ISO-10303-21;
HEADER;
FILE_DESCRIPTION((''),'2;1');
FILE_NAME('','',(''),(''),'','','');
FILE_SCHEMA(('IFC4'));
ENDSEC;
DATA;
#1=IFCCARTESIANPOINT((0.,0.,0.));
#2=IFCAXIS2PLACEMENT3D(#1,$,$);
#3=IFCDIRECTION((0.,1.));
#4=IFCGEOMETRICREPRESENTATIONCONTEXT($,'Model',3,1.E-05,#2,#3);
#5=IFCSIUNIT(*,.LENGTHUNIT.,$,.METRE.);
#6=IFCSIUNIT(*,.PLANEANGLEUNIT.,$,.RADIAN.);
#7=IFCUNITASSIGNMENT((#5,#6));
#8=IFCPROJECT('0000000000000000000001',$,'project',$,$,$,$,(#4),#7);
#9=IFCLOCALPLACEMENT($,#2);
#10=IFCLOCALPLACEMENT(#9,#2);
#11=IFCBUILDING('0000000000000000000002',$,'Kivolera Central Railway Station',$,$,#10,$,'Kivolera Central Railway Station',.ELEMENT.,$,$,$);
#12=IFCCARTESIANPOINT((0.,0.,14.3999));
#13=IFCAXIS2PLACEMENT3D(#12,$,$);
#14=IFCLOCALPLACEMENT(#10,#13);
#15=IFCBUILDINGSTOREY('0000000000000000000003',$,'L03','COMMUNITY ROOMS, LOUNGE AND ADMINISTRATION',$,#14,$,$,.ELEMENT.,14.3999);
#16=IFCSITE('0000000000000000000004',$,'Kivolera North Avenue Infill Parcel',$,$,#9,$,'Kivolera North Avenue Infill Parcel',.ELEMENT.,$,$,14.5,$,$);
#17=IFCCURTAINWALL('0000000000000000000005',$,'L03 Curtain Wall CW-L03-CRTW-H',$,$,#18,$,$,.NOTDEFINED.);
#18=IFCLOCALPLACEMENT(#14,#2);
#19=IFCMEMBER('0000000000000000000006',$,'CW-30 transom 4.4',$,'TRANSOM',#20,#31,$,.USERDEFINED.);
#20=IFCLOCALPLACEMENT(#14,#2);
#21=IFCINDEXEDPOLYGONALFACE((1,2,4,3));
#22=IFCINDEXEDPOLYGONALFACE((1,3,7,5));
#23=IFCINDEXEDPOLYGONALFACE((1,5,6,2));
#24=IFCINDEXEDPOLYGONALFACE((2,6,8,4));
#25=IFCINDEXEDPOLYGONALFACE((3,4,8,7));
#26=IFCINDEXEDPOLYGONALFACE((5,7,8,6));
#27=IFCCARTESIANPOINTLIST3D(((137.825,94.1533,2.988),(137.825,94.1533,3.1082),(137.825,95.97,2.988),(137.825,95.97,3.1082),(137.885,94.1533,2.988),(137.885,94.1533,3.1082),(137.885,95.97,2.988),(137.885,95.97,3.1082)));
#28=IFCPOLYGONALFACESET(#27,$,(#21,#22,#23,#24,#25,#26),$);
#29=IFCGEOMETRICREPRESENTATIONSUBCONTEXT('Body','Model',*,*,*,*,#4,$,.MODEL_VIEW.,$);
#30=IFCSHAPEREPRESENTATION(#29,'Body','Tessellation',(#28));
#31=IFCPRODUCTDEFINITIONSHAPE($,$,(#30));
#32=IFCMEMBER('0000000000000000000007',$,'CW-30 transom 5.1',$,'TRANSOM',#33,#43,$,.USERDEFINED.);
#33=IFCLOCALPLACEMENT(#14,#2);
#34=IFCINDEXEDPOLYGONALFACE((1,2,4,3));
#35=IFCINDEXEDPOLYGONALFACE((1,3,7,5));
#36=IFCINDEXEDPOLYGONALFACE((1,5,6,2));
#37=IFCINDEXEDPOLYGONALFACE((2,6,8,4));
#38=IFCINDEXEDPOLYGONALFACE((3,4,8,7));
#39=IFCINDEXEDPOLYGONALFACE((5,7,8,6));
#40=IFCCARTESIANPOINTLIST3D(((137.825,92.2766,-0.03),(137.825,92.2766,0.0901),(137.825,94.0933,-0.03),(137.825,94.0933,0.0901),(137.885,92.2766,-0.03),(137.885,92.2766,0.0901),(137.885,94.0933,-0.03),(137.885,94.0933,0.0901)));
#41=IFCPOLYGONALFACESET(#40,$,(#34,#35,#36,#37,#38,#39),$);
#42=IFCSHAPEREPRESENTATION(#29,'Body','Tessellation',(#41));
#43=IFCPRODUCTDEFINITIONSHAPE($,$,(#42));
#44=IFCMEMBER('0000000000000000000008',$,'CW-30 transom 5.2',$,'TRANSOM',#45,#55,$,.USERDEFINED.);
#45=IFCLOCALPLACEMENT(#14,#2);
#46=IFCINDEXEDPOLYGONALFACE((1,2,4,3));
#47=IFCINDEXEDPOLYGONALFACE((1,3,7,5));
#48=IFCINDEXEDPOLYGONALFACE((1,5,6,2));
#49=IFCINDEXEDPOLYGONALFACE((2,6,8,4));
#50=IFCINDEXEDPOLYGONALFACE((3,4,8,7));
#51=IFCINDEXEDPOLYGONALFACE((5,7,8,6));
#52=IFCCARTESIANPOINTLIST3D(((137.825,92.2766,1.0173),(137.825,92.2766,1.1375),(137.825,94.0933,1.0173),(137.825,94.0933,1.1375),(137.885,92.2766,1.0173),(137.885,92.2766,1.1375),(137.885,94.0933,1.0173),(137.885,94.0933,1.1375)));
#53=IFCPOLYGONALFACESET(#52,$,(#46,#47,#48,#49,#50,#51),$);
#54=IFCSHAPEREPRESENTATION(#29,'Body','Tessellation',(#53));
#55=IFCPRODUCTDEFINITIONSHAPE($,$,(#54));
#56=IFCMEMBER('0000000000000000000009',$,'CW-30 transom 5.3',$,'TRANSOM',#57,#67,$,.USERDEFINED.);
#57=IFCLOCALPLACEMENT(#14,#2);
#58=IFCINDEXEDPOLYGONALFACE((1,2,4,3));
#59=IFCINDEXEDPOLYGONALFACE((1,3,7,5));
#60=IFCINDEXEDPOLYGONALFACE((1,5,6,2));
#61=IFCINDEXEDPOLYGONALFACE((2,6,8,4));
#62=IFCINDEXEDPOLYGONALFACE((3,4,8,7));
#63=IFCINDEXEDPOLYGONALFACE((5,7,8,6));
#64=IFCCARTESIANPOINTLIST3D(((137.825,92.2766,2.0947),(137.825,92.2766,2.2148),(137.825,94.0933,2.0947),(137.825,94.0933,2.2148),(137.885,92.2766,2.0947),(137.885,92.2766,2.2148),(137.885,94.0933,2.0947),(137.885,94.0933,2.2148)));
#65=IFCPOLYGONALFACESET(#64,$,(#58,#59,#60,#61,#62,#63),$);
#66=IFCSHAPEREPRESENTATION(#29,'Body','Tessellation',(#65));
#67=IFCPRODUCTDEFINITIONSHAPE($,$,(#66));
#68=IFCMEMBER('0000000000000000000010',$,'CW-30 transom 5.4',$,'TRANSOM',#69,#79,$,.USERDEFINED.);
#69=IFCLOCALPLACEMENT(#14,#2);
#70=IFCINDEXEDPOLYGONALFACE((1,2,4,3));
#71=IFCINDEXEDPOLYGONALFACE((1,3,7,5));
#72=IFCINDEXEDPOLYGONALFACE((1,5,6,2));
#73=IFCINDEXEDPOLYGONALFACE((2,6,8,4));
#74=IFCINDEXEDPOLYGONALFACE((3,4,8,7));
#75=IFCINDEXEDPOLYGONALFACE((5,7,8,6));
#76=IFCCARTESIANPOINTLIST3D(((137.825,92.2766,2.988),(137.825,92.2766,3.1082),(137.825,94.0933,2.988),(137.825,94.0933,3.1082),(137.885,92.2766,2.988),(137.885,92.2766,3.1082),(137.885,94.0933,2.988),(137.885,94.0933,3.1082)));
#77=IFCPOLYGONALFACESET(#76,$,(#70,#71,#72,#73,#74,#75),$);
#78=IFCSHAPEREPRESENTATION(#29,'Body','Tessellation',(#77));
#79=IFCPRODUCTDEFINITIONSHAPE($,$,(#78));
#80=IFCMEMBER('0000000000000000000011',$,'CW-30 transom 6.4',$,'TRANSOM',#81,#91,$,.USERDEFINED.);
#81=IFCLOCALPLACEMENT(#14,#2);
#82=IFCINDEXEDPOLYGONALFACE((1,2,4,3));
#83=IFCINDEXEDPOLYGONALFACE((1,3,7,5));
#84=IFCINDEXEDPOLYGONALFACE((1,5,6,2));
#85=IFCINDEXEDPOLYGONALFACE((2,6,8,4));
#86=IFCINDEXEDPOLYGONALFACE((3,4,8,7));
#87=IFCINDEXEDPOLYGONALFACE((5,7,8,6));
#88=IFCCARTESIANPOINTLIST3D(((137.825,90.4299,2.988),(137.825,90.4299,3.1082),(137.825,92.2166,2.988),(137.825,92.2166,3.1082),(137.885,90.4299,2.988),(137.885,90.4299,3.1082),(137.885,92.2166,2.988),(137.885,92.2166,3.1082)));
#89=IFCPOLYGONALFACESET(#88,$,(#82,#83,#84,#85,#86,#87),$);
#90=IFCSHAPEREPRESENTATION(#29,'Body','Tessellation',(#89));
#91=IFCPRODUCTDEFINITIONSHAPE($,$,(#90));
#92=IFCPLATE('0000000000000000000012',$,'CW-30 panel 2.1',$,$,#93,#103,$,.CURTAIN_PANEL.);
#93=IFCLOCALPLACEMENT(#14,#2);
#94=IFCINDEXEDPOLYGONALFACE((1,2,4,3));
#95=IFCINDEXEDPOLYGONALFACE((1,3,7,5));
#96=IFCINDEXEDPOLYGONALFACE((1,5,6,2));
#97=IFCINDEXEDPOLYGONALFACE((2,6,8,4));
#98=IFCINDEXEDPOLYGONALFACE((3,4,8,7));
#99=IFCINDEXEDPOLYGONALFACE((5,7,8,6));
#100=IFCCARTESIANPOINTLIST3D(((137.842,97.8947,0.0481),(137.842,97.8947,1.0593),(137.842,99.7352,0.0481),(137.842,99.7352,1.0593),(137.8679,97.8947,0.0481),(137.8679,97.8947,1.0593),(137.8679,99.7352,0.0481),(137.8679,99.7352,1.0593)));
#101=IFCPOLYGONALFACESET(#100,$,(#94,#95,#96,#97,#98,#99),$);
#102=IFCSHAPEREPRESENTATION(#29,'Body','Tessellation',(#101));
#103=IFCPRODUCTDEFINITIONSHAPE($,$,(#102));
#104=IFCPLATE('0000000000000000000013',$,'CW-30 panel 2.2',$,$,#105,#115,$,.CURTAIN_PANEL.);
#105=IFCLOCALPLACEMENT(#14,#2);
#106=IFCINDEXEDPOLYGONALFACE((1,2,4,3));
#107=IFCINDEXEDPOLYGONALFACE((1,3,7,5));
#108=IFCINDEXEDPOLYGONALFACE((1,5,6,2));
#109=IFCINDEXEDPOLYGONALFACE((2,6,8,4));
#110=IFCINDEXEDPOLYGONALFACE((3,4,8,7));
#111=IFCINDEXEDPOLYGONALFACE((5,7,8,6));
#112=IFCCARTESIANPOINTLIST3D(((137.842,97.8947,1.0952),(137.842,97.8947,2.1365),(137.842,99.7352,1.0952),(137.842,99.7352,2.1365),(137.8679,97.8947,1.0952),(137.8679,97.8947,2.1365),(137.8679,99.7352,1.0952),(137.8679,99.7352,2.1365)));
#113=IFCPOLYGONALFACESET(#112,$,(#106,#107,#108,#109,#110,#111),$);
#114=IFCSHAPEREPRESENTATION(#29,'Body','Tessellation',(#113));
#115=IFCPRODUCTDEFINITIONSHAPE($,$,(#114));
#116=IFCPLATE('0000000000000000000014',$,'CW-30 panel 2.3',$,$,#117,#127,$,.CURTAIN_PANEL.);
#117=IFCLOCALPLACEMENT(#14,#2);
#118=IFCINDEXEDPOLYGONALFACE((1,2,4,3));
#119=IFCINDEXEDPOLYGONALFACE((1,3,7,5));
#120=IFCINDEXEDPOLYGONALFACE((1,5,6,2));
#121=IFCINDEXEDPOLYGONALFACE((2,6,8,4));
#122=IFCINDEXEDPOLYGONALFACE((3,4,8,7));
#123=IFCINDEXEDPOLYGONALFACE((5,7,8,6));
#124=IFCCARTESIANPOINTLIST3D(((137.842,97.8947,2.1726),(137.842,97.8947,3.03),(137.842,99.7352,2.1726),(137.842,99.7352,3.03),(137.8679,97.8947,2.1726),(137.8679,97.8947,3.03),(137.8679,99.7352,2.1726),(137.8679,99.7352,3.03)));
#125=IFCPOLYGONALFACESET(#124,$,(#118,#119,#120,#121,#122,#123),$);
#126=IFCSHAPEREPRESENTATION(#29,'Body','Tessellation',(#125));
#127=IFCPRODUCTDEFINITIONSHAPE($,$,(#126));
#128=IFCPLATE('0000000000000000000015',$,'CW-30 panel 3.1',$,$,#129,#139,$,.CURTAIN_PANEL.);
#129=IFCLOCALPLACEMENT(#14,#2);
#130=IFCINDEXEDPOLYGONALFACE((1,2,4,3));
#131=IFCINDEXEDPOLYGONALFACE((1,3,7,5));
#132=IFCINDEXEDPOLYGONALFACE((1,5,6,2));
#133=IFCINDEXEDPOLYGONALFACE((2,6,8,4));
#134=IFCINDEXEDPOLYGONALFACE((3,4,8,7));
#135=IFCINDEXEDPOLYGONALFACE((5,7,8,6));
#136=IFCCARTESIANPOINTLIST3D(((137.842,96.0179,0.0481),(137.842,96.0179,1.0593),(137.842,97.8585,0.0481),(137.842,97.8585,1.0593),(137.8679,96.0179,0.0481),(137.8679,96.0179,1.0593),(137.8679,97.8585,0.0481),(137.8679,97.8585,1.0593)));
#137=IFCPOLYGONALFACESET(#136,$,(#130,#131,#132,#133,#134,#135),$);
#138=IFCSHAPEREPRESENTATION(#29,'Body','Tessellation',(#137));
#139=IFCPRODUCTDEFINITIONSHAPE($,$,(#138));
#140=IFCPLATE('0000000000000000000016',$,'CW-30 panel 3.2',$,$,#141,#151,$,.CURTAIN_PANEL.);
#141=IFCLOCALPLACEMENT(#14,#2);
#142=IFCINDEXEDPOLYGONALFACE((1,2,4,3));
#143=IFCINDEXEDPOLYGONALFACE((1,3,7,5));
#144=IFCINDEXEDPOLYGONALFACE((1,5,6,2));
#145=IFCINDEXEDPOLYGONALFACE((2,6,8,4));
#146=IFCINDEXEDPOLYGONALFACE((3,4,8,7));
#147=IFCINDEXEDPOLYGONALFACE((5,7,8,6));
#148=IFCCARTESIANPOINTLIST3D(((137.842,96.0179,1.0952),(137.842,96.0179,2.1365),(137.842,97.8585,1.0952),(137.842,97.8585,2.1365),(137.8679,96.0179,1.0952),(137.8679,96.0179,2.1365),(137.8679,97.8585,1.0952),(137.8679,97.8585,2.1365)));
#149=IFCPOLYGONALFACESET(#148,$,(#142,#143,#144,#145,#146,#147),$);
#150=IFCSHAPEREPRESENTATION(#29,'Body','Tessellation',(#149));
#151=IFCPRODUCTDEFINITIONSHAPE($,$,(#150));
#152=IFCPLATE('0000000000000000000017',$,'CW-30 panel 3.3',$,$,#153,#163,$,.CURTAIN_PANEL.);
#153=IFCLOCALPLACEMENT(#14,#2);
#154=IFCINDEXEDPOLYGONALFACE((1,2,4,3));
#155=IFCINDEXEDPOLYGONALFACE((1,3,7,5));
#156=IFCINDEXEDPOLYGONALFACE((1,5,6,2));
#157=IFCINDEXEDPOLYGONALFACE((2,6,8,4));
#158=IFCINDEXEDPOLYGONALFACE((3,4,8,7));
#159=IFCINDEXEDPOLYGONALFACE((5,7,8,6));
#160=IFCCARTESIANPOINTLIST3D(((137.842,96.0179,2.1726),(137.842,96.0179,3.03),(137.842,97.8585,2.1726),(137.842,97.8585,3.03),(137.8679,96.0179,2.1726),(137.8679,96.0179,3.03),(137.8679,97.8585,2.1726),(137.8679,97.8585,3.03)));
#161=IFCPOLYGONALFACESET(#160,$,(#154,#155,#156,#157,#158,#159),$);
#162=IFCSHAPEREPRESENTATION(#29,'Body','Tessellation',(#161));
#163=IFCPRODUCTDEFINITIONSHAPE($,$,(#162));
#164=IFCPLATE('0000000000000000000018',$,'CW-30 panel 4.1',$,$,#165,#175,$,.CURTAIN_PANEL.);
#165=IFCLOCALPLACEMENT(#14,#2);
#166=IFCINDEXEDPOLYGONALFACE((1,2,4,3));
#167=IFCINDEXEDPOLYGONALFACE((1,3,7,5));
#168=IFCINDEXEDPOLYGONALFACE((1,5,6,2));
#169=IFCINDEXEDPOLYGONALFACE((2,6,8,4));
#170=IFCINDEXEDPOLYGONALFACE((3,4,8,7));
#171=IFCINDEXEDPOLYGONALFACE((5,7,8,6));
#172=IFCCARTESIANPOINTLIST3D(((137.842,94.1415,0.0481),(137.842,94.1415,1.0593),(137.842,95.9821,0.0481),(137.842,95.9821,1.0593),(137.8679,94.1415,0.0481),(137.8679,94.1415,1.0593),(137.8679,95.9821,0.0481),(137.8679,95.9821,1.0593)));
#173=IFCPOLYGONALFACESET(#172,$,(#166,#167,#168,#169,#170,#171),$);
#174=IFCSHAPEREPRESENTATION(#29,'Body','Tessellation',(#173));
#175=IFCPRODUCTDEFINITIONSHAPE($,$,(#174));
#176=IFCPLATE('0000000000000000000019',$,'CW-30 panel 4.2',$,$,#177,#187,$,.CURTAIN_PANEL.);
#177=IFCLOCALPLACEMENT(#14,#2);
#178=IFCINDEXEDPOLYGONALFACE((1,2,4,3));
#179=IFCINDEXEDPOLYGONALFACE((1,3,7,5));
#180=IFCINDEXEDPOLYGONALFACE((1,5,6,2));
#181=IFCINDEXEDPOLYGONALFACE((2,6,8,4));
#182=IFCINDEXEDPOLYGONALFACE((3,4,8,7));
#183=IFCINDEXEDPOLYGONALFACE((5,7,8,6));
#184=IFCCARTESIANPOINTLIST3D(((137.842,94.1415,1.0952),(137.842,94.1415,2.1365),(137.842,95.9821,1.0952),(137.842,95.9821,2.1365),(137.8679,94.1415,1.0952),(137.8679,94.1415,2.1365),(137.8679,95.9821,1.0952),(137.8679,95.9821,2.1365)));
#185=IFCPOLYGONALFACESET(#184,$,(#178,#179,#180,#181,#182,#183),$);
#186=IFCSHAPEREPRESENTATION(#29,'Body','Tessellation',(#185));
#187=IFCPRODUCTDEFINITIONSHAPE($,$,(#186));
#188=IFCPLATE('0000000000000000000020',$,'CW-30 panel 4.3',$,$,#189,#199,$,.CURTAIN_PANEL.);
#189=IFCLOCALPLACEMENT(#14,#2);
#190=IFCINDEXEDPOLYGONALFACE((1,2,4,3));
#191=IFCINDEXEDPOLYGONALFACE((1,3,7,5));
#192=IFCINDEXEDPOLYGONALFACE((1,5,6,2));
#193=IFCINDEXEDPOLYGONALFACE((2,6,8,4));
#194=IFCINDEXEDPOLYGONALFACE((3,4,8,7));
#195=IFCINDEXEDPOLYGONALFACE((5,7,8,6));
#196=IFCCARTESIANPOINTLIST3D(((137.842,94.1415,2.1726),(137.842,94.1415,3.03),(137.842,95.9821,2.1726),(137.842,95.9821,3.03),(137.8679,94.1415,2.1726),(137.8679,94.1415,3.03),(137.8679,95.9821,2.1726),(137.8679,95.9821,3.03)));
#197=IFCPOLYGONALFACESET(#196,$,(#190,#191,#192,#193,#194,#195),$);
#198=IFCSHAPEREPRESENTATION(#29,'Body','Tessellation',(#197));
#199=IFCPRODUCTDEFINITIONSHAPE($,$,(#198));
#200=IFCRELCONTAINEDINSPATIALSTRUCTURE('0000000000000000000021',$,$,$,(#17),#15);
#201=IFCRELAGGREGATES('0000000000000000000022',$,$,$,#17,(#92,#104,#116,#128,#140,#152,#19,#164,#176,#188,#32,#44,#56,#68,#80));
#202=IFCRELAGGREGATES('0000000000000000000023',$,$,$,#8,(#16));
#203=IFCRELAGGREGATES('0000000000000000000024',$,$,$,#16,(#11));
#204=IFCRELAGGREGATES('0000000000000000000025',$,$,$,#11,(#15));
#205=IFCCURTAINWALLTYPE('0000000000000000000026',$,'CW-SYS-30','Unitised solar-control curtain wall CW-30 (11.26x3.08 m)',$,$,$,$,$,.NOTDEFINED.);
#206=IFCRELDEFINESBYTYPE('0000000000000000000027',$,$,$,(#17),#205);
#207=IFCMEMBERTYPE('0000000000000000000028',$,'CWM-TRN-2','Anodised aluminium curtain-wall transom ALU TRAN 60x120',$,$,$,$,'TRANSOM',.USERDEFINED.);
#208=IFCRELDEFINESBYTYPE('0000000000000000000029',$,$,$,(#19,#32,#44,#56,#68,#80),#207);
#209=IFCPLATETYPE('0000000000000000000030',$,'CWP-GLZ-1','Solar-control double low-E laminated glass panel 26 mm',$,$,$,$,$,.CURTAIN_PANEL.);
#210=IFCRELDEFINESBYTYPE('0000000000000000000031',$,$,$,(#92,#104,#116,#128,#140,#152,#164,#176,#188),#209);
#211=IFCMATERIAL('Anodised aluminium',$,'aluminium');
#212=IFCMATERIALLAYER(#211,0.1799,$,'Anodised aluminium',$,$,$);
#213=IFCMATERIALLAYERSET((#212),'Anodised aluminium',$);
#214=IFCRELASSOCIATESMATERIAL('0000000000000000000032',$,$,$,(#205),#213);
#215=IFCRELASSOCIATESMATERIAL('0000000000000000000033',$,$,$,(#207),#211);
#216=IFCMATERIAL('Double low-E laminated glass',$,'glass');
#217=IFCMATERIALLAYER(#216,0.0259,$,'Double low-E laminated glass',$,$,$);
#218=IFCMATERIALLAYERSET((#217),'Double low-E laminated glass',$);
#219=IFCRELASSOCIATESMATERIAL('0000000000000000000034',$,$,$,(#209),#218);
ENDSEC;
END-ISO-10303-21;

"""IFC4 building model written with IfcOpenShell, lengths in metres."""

from ifc_helpers import new_model, si_unit, direction, frame, origin, origin_2d, place, context, subcontext, project, spatial, rectangle, extrude, material, layer, layer_set, material_profile, profile_set, type_object, element, aggregate, save


model = new_model("IFC4")

# Units and contexts
model_context = context("Model", 3, precision=1e-05, world=origin(), true_north=direction((0.0, 1.0)))
body_context = subcontext(model_context, "Body", "Model", "MODEL_VIEW")
ifc_project = project(units=[si_unit("LENGTHUNIT", "METRE"), si_unit("PLANEANGLEUNIT", "RADIAN")], contexts=[model_context])

# Site, building, storey
site_placement = place(None, origin())
site = spatial("IfcSite", under=ifc_project, at=site_placement, Name="Kivolera North Avenue Infill Parcel", LongName="Kivolera North Avenue Infill Parcel", CompositionType="ELEMENT", RefElevation=14.5)
building_placement = place(site_placement, origin())
building = spatial("IfcBuilding", under=site, at=building_placement, Name="Kivolera Central Railway Station", LongName="Kivolera Central Railway Station", CompositionType="ELEMENT")
storey_placement = place(building_placement, frame((0.0, 0.0, 14.3999)))
storey = spatial("IfcBuildingStorey", under=building, at=storey_placement, Name="L03", Description="COMMUNITY ROOMS, LOUNGE AND ADMINISTRATION", CompositionType="ELEMENT", Elevation=14.3999)

# Curtain wall, members, plates
ifc_material_1 = material(Name="Anodised aluminium", Category="aluminium")
ifc_layer_1 = layer(ifc_material_1, 0.1799, Name="Anodised aluminium")
ifc_layer_set_1 = layer_set([ifc_layer_1], Name="Anodised aluminium")
curtain_wall_type = type_object("IfcCurtainWallType", Name="CW-SYS-30", Description="Unitised solar-control curtain wall CW-30 (11.26x3.08 m)", PredefinedType="NOTDEFINED", material=ifc_layer_set_1)
curtain_wall_placement = place(storey_placement, origin())
curtain_wall = element("IfcCurtainWall", 1, at=curtain_wall_placement, inside=storey, type_object=curtain_wall_type, Name="L03 Curtain Wall CW-L03-CRTW-H", PredefinedType="NOTDEFINED")
ifc_material_profile_1 = material_profile(ifc_material_1, rectangle(XDim=0.0601, YDim=0.1201, at=origin_2d()), Name="ALU TRAN 60x120")
ifc_profile_set_1 = profile_set([ifc_material_profile_1], Name="Anodised aluminium")
member_type_1 = type_object("IfcMemberType", Name="CWM-TRN-2", Description="Anodised aluminium curtain-wall transom ALU TRAN 60x120", ElementType="TRANSOM", PredefinedType="USERDEFINED", material=ifc_profile_set_1)
member_1_placement = place(storey_placement, frame((137.855, 95.97, 3.0481), z_axis=(0.0, -1.0, 0.0), x_axis=(1.0, 0.0, 0.0)))
member_1 = element("IfcMember", 2, at=member_1_placement, type_object=member_type_1, Name="CW-30 transom 4.4", ObjectType="TRANSOM", PredefinedType="USERDEFINED", context=body_context, shape_type="SweptSolid", body=[
    extrude(rectangle(XDim=0.0601, YDim=0.1201, at=origin_2d()), origin(), (0.0, 0.0, 1.0), 1.8167),
])
member_2_placement = place(storey_placement, frame((137.855, 94.0933, 0.03), z_axis=(0.0, -1.0, 0.0), x_axis=(1.0, 0.0, 0.0)))
member_2 = element("IfcMember", 3, at=member_2_placement, type_object=member_type_1, Name="CW-30 transom 5.1", ObjectType="TRANSOM", PredefinedType="USERDEFINED", context=body_context, shape_type="SweptSolid", body=[
    extrude(rectangle(XDim=0.0601, YDim=0.1201, at=origin_2d()), origin(), (0.0, 0.0, 1.0), 1.8167),
])
member_3_placement = place(storey_placement, frame((137.855, 94.0933, 1.0774), z_axis=(0.0, -1.0, 0.0), x_axis=(1.0, 0.0, 0.0)))
member_3 = element("IfcMember", 4, at=member_3_placement, type_object=member_type_1, Name="CW-30 transom 5.2", ObjectType="TRANSOM", PredefinedType="USERDEFINED", context=body_context, shape_type="SweptSolid", body=[
    extrude(rectangle(XDim=0.0601, YDim=0.1201, at=origin_2d()), origin(), (0.0, 0.0, 1.0), 1.8167),
])
member_4_placement = place(storey_placement, frame((137.855, 94.0933, 2.1548), z_axis=(0.0, -1.0, 0.0), x_axis=(1.0, 0.0, 0.0)))
member_4 = element("IfcMember", 5, at=member_4_placement, type_object=member_type_1, Name="CW-30 transom 5.3", ObjectType="TRANSOM", PredefinedType="USERDEFINED", context=body_context, shape_type="SweptSolid", body=[
    extrude(rectangle(XDim=0.0601, YDim=0.1201, at=origin_2d()), origin(), (0.0, 0.0, 1.0), 1.8167),
])
member_5_placement = place(storey_placement, frame((137.855, 94.0933, 3.0481), z_axis=(0.0, -1.0, 0.0), x_axis=(1.0, 0.0, 0.0)))
member_5 = element("IfcMember", 6, at=member_5_placement, type_object=member_type_1, Name="CW-30 transom 5.4", ObjectType="TRANSOM", PredefinedType="USERDEFINED", context=body_context, shape_type="SweptSolid", body=[
    extrude(rectangle(XDim=0.0601, YDim=0.1201, at=origin_2d()), origin(), (0.0, 0.0, 1.0), 1.8167),
])
member_6_placement = place(storey_placement, frame((137.855, 92.2166, 3.0481), z_axis=(0.0, -1.0, 0.0), x_axis=(1.0, 0.0, 0.0)))
member_6 = element("IfcMember", 7, at=member_6_placement, type_object=member_type_1, Name="CW-30 transom 6.4", ObjectType="TRANSOM", PredefinedType="USERDEFINED", context=body_context, shape_type="SweptSolid", body=[
    extrude(rectangle(XDim=0.0601, YDim=0.1201, at=origin_2d()), origin(), (0.0, 0.0, 1.0), 1.7866),
])
ifc_material_2 = material(Name="Double low-E laminated glass", Category="glass")
ifc_layer_2 = layer(ifc_material_2, 0.0259, Name="Double low-E laminated glass")
ifc_layer_set_2 = layer_set([ifc_layer_2], Name="Double low-E laminated glass")
plate_type = type_object("IfcPlateType", Name="CWP-GLZ-1", Description="Solar-control double low-E laminated glass panel 26 mm", PredefinedType="CURTAIN_PANEL", material=ifc_layer_set_2)
plate_1_placement = place(storey_placement, frame((137.855, 98.8149, 0.0481), z_axis=(0.0, 0.0, 1.0), x_axis=(0.0, -1.0, 0.0)))
plate_1 = element("IfcPlate", 8, at=plate_1_placement, type_object=plate_type, Name="CW-30 panel 2.1", PredefinedType="CURTAIN_PANEL", context=body_context, shape_type="SweptSolid", body=[
    extrude(rectangle(XDim=1.8406, YDim=0.0259, at=origin_2d()), origin(), (0.0, 0.0, 1.0), 1.0112),
])
plate_2_placement = place(storey_placement, frame((137.855, 98.8149, 1.0952), z_axis=(0.0, 0.0, 1.0), x_axis=(0.0, -1.0, 0.0)))
plate_2 = element("IfcPlate", 9, at=plate_2_placement, type_object=plate_type, Name="CW-30 panel 2.2", PredefinedType="CURTAIN_PANEL", context=body_context, shape_type="SweptSolid", body=[
    extrude(rectangle(XDim=1.8406, YDim=0.0259, at=origin_2d()), origin(), (0.0, 0.0, 1.0), 1.0413),
])
plate_3_placement = place(storey_placement, frame((137.855, 98.8149, 2.1726), z_axis=(0.0, 0.0, 1.0), x_axis=(0.0, -1.0, 0.0)))
plate_3 = element("IfcPlate", 10, at=plate_3_placement, type_object=plate_type, Name="CW-30 panel 2.3", PredefinedType="CURTAIN_PANEL", context=body_context, shape_type="SweptSolid", body=[
    extrude(rectangle(XDim=1.8406, YDim=0.0259, at=origin_2d()), origin(), (0.0, 0.0, 1.0), 0.8574),
])
plate_4_placement = place(storey_placement, frame((137.855, 96.9382, 0.0481), z_axis=(0.0, 0.0, 1.0), x_axis=(0.0, -1.0, 0.0)))
plate_4 = element("IfcPlate", 11, at=plate_4_placement, type_object=plate_type, Name="CW-30 panel 3.1", PredefinedType="CURTAIN_PANEL", context=body_context, shape_type="SweptSolid", body=[
    extrude(rectangle(XDim=1.8406, YDim=0.0259, at=origin_2d()), origin(), (0.0, 0.0, 1.0), 1.0112),
])
plate_5_placement = place(storey_placement, frame((137.855, 96.9382, 1.0952), z_axis=(0.0, 0.0, 1.0), x_axis=(0.0, -1.0, 0.0)))
plate_5 = element("IfcPlate", 12, at=plate_5_placement, type_object=plate_type, Name="CW-30 panel 3.2", PredefinedType="CURTAIN_PANEL", context=body_context, shape_type="SweptSolid", body=[
    extrude(rectangle(XDim=1.8406, YDim=0.0259, at=origin_2d()), origin(), (0.0, 0.0, 1.0), 1.0413),
])
plate_6_placement = place(storey_placement, frame((137.855, 96.9382, 2.1726), z_axis=(0.0, 0.0, 1.0), x_axis=(0.0, -1.0, 0.0)))
plate_6 = element("IfcPlate", 13, at=plate_6_placement, type_object=plate_type, Name="CW-30 panel 3.3", PredefinedType="CURTAIN_PANEL", context=body_context, shape_type="SweptSolid", body=[
    extrude(rectangle(XDim=1.8406, YDim=0.0259, at=origin_2d()), origin(), (0.0, 0.0, 1.0), 0.8574),
])
plate_7_placement = place(storey_placement, frame((137.855, 95.0618, 0.0481), z_axis=(0.0, 0.0, 1.0), x_axis=(0.0, -1.0, 0.0)))
plate_7 = element("IfcPlate", 14, at=plate_7_placement, type_object=plate_type, Name="CW-30 panel 4.1", PredefinedType="CURTAIN_PANEL", context=body_context, shape_type="SweptSolid", body=[
    extrude(rectangle(XDim=1.8406, YDim=0.0259, at=origin_2d()), origin(), (0.0, 0.0, 1.0), 1.0112),
])
plate_8_placement = place(storey_placement, frame((137.855, 95.0618, 1.0952), z_axis=(0.0, 0.0, 1.0), x_axis=(0.0, -1.0, 0.0)))
plate_8 = element("IfcPlate", 15, at=plate_8_placement, type_object=plate_type, Name="CW-30 panel 4.2", PredefinedType="CURTAIN_PANEL", context=body_context, shape_type="SweptSolid", body=[
    extrude(rectangle(XDim=1.8406, YDim=0.0259, at=origin_2d()), origin(), (0.0, 0.0, 1.0), 1.0413),
])
plate_9_placement = place(storey_placement, frame((137.855, 95.0618, 2.1726), z_axis=(0.0, 0.0, 1.0), x_axis=(0.0, -1.0, 0.0)))
plate_9 = element("IfcPlate", 16, at=plate_9_placement, type_object=plate_type, Name="CW-30 panel 4.3", PredefinedType="CURTAIN_PANEL", context=body_context, shape_type="SweptSolid", body=[
    extrude(rectangle(XDim=1.8406, YDim=0.0259, at=origin_2d()), origin(), (0.0, 0.0, 1.0), 0.8574),
])
aggregate(curtain_wall, [plate_1, plate_2, plate_3, plate_4, plate_5, plate_6, member_1, plate_7, plate_8, plate_9, member_2, member_3, member_4, member_5, member_6])

save(model, "model.ifc")
